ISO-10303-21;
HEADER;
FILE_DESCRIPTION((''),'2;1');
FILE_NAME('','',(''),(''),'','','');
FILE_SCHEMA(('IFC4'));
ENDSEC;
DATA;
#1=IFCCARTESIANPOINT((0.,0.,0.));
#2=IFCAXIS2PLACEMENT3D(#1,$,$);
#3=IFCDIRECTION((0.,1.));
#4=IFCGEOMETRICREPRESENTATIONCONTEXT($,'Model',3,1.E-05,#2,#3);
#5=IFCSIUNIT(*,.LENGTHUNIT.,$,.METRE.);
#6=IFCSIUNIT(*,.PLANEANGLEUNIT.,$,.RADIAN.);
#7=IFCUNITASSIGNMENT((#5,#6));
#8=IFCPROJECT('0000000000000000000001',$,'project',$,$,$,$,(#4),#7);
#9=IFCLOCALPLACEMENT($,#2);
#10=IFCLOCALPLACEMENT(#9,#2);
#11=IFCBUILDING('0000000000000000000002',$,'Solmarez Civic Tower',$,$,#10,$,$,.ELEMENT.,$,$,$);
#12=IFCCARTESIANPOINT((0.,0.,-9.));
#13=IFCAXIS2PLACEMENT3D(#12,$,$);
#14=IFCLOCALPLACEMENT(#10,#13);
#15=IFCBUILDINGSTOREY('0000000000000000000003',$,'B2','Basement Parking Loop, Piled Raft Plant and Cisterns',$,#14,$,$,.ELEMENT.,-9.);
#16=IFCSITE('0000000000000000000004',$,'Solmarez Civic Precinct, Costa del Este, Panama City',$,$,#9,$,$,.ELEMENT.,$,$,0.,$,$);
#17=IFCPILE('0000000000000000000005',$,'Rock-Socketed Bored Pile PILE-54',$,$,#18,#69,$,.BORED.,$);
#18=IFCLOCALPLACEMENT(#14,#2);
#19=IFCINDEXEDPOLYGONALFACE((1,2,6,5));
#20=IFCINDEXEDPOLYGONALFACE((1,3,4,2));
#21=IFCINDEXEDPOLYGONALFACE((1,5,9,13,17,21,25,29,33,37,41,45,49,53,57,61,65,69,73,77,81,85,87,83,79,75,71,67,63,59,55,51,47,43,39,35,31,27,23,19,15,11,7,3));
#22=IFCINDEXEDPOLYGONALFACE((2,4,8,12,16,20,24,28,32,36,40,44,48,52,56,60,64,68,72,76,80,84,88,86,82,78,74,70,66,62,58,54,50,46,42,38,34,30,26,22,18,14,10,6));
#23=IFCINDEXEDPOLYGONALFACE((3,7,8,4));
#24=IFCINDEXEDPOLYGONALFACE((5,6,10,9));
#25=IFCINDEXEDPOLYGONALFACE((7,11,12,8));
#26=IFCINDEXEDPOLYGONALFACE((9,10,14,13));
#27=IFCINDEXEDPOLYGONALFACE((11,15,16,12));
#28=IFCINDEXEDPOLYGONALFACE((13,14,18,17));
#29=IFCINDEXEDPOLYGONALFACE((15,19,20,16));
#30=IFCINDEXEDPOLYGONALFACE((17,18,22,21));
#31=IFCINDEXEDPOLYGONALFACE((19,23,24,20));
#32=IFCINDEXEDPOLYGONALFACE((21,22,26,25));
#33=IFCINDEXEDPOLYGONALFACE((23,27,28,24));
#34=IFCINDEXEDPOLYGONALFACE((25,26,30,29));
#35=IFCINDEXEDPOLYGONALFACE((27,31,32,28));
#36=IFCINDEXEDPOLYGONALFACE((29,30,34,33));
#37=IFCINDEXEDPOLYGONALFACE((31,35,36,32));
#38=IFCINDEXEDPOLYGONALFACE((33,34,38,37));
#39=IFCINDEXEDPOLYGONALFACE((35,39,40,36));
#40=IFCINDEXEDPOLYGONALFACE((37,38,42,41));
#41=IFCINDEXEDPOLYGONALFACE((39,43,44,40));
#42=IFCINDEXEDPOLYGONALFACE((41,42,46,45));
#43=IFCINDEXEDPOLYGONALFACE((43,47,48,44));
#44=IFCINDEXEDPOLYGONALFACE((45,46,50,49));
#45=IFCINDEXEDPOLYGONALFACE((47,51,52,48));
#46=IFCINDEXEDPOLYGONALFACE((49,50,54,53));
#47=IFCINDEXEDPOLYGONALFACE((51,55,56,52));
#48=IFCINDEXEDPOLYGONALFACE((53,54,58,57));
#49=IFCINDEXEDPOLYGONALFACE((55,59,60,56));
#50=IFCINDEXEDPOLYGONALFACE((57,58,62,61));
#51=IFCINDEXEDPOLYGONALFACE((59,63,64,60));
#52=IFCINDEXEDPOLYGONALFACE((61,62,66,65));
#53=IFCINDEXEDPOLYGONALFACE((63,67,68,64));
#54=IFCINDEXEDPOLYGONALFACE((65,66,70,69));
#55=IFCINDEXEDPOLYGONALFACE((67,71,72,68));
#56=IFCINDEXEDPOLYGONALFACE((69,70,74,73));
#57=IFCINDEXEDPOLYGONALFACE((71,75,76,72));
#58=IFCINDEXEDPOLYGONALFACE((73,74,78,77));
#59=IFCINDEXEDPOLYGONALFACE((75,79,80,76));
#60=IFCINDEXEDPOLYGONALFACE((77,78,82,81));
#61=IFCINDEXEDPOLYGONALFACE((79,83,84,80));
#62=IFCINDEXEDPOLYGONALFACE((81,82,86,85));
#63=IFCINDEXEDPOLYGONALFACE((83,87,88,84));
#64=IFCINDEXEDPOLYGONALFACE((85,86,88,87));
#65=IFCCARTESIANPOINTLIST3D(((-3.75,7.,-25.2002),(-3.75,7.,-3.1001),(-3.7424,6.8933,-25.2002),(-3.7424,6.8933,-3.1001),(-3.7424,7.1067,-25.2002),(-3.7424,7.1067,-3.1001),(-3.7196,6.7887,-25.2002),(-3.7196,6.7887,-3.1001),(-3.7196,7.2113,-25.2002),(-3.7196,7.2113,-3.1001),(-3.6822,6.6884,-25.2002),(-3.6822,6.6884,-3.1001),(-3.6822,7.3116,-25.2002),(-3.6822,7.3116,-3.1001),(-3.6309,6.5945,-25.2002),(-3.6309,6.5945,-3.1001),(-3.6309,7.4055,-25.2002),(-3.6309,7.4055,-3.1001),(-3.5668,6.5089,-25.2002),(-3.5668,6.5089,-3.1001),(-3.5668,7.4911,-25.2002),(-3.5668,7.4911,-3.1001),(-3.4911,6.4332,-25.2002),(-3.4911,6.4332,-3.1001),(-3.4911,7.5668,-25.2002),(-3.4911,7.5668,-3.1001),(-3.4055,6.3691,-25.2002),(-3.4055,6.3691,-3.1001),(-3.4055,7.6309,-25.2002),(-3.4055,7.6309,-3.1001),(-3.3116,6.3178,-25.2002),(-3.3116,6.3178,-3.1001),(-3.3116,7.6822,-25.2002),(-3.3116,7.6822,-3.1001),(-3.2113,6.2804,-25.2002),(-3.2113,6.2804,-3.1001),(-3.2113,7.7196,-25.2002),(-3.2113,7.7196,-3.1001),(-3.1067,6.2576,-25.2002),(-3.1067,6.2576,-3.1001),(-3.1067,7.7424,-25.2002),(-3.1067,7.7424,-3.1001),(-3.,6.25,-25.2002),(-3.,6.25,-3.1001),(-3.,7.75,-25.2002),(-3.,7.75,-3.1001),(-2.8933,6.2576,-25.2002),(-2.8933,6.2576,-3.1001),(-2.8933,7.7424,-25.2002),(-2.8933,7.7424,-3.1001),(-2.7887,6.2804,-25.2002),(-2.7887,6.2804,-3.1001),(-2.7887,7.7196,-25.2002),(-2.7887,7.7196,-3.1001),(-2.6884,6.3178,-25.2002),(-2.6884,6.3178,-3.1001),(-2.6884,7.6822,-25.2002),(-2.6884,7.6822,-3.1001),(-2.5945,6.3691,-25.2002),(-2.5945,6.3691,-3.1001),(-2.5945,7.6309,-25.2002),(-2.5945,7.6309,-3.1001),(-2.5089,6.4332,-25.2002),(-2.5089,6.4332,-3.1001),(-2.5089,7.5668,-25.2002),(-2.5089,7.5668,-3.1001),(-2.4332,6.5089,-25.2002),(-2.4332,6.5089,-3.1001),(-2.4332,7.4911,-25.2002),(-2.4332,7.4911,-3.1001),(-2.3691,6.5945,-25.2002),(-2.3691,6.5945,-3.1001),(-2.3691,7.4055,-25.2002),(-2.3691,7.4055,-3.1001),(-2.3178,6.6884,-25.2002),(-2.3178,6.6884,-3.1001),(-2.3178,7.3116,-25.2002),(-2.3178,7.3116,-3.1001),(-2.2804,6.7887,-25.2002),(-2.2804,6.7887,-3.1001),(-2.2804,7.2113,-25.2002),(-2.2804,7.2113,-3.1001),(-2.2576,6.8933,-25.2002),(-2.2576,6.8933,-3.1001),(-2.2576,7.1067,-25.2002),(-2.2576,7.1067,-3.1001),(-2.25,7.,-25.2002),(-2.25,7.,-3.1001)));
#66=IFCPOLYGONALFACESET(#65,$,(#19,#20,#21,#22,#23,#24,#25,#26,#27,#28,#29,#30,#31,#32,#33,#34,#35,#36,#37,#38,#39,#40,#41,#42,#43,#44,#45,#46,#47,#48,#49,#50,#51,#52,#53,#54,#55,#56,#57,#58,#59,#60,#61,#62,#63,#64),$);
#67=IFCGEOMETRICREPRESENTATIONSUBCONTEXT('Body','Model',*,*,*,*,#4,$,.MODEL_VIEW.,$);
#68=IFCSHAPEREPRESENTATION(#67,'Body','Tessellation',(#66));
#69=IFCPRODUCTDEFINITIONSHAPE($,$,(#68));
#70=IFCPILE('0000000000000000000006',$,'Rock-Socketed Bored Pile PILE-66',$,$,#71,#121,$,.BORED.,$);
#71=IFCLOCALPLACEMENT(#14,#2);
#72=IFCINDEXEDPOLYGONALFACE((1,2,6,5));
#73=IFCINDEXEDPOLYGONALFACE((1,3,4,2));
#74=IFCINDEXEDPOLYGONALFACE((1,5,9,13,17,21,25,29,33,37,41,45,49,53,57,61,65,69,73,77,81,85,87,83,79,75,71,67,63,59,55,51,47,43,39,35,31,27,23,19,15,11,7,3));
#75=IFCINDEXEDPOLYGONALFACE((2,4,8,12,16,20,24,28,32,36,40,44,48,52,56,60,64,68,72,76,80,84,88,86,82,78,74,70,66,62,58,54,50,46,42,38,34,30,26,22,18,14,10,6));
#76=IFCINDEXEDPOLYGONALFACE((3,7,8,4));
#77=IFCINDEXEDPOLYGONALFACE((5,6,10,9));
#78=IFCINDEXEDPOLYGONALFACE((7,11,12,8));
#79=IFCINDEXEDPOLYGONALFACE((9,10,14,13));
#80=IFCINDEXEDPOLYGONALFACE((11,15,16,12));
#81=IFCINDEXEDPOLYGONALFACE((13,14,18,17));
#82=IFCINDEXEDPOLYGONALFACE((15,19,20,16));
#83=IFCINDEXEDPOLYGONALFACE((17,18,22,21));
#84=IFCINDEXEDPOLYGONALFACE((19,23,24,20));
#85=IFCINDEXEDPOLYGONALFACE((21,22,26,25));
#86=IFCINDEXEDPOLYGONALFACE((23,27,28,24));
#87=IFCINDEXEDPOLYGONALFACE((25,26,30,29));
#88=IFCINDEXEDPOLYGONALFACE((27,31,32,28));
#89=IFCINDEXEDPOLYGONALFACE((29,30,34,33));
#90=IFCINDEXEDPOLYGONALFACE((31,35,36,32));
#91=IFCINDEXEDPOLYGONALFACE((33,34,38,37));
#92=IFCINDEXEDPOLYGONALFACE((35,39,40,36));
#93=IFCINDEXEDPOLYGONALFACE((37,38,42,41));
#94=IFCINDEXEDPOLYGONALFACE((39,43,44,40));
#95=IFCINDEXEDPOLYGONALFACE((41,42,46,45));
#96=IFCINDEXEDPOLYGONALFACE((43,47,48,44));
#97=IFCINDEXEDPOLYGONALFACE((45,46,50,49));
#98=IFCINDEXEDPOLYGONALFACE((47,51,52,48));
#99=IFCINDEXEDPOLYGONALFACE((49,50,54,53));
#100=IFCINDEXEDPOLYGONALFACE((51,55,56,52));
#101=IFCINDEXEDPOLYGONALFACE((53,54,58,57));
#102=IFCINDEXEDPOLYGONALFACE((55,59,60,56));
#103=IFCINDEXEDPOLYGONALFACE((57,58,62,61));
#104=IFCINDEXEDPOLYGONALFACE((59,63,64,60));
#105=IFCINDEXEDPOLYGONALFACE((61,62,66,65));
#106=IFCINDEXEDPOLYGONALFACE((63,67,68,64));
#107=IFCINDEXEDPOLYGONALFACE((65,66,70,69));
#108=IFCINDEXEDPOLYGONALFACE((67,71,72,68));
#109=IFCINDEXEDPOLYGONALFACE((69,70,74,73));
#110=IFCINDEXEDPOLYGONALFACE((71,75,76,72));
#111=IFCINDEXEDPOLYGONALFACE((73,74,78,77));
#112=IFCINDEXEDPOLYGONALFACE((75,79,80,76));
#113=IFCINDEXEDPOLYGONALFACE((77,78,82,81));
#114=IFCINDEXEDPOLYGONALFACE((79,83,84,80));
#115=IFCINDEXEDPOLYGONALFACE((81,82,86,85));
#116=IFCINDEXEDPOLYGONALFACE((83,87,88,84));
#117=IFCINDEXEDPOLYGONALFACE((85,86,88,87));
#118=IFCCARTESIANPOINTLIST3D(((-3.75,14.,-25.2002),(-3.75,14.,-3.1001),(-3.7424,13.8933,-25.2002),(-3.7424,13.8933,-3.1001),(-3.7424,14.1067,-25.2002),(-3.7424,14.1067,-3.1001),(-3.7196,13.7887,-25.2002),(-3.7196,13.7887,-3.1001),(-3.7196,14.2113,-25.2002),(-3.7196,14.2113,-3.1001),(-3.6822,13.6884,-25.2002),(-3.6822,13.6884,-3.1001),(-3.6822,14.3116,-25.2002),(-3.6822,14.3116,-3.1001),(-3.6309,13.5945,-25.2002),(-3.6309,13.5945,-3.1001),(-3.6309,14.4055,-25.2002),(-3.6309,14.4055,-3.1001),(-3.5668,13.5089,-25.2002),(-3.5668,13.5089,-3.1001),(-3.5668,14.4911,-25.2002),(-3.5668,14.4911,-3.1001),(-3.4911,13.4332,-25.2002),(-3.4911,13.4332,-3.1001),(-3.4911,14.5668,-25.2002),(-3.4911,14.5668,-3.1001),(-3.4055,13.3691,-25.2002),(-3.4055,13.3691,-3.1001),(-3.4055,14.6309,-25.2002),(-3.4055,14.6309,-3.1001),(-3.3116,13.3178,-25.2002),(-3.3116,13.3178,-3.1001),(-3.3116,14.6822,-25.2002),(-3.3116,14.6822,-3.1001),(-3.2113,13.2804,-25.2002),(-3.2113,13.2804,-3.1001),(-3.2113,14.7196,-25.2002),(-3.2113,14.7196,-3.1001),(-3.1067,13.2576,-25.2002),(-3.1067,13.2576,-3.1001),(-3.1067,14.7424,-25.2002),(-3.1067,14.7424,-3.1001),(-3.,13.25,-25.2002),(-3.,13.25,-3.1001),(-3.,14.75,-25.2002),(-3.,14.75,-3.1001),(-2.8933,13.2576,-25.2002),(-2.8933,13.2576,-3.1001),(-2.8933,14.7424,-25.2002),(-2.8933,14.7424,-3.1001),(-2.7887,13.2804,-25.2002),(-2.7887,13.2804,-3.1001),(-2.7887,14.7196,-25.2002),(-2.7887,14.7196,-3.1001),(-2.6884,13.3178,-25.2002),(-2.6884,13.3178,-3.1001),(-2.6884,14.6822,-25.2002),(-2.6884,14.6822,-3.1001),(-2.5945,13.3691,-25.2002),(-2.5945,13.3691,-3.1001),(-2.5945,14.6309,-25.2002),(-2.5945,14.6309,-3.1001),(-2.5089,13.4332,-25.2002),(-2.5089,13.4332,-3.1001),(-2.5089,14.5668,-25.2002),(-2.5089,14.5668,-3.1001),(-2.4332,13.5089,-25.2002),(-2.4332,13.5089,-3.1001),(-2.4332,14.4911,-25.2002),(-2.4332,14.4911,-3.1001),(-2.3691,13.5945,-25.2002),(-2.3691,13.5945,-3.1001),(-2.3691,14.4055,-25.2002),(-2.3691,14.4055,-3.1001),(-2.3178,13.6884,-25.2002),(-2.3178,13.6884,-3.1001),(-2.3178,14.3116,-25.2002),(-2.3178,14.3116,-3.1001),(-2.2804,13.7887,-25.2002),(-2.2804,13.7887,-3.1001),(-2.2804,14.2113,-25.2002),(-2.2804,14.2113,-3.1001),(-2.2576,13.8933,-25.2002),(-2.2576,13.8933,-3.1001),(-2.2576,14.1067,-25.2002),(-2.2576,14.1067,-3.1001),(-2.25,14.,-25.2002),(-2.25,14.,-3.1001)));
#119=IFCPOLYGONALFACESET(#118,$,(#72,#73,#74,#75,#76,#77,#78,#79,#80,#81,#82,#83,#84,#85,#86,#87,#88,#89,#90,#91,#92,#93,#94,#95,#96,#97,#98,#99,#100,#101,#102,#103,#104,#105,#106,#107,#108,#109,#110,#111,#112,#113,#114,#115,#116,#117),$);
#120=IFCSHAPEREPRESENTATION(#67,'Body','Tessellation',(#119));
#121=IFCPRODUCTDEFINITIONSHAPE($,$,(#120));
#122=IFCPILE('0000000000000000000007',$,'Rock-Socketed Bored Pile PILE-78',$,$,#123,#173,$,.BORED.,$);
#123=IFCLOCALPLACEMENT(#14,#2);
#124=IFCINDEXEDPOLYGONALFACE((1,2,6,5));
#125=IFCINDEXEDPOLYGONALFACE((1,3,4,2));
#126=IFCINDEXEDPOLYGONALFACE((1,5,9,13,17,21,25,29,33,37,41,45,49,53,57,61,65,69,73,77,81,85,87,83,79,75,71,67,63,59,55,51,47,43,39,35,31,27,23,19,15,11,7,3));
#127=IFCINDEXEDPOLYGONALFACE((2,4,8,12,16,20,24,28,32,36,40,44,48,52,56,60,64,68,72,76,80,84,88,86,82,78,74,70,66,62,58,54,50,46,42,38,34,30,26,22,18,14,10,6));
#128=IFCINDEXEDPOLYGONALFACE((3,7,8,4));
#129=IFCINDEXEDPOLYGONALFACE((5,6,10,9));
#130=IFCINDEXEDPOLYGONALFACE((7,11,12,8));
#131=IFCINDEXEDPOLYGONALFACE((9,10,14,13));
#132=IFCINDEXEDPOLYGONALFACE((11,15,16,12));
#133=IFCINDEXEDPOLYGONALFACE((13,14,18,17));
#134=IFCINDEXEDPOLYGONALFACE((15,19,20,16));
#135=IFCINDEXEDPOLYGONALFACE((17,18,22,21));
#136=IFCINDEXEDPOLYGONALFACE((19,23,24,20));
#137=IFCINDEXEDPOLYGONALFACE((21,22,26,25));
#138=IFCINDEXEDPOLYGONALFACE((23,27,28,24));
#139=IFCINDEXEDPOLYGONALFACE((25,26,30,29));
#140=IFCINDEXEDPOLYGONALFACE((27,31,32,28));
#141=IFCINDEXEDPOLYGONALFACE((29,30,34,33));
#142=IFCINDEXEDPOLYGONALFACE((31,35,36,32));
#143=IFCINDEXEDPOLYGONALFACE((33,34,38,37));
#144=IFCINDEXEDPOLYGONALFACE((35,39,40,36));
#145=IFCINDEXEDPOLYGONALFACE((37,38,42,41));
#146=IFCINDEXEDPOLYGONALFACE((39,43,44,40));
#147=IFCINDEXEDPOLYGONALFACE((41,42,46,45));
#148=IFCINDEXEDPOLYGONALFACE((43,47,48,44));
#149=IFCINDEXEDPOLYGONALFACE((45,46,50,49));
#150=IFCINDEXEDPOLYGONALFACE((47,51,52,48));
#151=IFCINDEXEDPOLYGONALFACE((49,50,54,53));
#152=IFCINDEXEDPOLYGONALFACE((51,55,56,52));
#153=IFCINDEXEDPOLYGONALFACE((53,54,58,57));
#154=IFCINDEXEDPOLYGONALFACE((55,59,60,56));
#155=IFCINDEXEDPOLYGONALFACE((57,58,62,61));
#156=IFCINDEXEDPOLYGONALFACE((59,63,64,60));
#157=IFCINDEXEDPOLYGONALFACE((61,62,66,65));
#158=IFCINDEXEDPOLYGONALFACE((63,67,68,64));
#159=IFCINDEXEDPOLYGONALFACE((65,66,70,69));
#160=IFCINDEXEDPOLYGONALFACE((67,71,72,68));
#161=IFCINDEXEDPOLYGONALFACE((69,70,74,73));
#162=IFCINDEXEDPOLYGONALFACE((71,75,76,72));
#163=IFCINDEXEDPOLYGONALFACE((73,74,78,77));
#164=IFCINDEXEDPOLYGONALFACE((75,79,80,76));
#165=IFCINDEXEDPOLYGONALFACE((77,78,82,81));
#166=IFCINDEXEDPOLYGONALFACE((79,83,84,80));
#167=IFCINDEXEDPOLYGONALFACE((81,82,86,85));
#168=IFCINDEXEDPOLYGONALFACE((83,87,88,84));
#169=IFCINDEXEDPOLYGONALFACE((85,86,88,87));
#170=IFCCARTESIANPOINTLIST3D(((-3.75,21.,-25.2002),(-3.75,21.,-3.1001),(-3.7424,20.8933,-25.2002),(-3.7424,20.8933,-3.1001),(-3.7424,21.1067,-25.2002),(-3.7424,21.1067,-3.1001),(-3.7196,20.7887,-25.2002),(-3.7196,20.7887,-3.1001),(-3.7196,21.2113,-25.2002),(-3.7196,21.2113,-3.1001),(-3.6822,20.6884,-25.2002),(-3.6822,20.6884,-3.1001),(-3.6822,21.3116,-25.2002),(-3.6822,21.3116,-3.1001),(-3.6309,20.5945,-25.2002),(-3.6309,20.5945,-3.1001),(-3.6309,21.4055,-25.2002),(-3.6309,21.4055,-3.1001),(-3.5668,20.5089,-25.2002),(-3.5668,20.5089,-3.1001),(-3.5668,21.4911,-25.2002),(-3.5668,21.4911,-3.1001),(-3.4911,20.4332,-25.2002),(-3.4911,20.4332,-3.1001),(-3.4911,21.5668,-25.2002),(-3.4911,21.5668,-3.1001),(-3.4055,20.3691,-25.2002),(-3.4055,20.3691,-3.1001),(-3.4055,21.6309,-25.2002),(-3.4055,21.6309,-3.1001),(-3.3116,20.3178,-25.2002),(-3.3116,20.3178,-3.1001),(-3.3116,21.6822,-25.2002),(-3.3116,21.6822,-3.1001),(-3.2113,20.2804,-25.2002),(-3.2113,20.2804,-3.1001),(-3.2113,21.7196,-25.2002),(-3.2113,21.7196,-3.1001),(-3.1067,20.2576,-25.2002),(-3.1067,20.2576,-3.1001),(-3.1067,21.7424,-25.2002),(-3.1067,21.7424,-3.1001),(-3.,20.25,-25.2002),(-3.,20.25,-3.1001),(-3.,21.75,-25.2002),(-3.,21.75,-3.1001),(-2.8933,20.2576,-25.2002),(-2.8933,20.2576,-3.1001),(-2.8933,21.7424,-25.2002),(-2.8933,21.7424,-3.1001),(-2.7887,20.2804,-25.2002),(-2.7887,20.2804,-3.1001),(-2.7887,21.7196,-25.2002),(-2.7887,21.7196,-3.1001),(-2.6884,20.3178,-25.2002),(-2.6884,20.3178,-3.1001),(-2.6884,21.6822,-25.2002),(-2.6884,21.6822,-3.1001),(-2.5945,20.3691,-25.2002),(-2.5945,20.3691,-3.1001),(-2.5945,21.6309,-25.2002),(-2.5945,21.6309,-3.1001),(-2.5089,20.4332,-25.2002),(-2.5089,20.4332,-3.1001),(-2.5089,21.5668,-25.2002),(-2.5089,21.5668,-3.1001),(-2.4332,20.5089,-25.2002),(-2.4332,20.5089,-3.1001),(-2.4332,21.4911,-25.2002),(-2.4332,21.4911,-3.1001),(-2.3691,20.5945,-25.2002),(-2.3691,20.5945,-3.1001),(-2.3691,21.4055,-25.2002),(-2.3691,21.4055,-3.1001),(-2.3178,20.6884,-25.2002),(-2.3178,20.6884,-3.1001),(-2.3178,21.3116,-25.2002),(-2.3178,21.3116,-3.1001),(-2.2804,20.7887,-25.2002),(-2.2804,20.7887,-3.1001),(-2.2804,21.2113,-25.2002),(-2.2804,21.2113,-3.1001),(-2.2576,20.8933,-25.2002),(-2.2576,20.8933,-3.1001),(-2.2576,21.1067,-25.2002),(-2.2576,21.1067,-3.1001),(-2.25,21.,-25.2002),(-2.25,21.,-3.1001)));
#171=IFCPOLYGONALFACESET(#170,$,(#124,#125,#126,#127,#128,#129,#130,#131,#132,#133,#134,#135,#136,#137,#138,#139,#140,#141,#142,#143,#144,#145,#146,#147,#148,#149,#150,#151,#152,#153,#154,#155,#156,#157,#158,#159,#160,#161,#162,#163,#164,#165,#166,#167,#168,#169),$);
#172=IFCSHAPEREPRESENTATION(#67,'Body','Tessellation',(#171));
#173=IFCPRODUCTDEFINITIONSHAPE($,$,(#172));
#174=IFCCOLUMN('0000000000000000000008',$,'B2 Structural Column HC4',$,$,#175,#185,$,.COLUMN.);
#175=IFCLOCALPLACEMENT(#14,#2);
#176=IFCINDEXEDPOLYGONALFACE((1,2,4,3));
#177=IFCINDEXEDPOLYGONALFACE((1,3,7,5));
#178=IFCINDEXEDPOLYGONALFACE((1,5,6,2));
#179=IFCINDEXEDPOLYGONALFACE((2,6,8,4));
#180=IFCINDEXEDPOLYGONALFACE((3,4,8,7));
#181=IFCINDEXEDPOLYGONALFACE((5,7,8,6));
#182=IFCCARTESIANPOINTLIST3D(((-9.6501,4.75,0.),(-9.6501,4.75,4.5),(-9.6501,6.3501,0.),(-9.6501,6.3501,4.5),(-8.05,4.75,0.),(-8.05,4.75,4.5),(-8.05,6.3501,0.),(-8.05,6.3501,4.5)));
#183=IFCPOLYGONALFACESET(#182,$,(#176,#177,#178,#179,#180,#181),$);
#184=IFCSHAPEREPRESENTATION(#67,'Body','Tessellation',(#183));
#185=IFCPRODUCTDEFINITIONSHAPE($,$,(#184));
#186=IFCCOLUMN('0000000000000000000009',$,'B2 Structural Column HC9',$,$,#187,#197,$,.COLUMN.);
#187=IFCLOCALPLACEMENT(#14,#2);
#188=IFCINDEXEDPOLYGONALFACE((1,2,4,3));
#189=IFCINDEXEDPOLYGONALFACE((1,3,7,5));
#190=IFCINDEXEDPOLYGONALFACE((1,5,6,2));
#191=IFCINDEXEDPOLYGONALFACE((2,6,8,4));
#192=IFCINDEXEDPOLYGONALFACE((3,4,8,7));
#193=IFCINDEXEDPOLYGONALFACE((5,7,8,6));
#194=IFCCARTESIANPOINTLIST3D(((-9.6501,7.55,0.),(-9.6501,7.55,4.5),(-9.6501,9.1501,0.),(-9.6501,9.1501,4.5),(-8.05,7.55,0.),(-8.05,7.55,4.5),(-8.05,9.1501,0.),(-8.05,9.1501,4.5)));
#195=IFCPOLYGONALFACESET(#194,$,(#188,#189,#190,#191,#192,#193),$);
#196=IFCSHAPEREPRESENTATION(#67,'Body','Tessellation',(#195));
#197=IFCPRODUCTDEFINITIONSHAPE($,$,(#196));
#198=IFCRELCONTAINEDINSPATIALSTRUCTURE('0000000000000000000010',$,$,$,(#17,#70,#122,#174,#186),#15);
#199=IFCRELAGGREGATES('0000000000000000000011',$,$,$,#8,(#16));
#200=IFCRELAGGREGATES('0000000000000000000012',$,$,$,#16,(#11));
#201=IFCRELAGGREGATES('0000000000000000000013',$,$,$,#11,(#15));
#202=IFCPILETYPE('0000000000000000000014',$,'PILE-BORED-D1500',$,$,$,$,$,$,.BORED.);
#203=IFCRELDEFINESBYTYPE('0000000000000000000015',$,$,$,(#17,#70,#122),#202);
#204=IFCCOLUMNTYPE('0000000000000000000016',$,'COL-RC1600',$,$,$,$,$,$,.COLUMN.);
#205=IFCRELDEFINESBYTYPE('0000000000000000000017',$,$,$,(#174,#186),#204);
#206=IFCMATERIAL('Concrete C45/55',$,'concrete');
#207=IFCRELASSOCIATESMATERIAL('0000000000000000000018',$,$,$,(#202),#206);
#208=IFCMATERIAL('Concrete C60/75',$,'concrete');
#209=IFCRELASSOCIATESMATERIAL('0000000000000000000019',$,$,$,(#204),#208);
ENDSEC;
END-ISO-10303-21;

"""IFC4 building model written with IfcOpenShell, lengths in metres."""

from ifc_helpers import new_model, si_unit, direction, frame, origin, origin_2d, place, context, subcontext, project, spatial, rectangle, circle, extrude, material, material_profile, profile_set, type_object, element, save


model = new_model("IFC4")

# Units and contexts
model_context = context("Model", 3, precision=1e-05, world=origin(), true_north=direction((0.0, 1.0)))
body_context = subcontext(model_context, "Body", "Model", "MODEL_VIEW")
ifc_project = project(units=[si_unit("LENGTHUNIT", "METRE"), si_unit("PLANEANGLEUNIT", "RADIAN")], contexts=[model_context])

# Site, building, storey
site_placement = place(None, origin())
site = spatial("IfcSite", under=ifc_project, at=site_placement, Name="Solmarez Civic Precinct, Costa del Este, Panama City", CompositionType="ELEMENT", RefElevation=0.0)
building_placement = place(site_placement, origin())
building = spatial("IfcBuilding", under=site, at=building_placement, Name="Solmarez Civic Tower", CompositionType="ELEMENT")
storey_placement = place(building_placement, frame((0.0, 0.0, -9.0)))
storey = spatial("IfcBuildingStorey", under=building, at=storey_placement, Name="B2", Description="Basement Parking Loop, Piled Raft Plant and Cisterns", CompositionType="ELEMENT", Elevation=-9.0)

# Piles
ifc_material_1 = material(Name="Concrete C45/55", Category="concrete")
ifc_material_profile_1 = material_profile(ifc_material_1, circle(Radius=0.75, at=origin_2d()), Name="PILE-D1500")
ifc_profile_set_1 = profile_set([ifc_material_profile_1], Name="Concrete C45/55")
pile_type = type_object("IfcPileType", Name="PILE-BORED-D1500", PredefinedType="BORED", material=ifc_profile_set_1)
for number, where, z_axis, x_axis, name in (
    (1, (-3.0, 7.0, -3.1001), (0.0, 0.0, -1.0), (1.0, 0.0, 0.0), "Rock-Socketed Bored Pile PILE-54"),
    (2, (-3.0, 14.0, -3.1001), (0.0, 0.0, -1.0), (1.0, 0.0, 0.0), "Rock-Socketed Bored Pile PILE-66"),
    (3, (-3.0, 21.0, -3.1001), (0.0, 0.0, -1.0), (1.0, 0.0, 0.0), "Rock-Socketed Bored Pile PILE-78"),
):
    element("IfcPile", number, at=place(storey_placement, frame(where, z_axis=z_axis, x_axis=x_axis)), inside=storey, type_object=pile_type, Name=name, PredefinedType="BORED", context=body_context, shape_type="SweptSolid", body=[
        extrude(circle(Radius=0.75, at=origin_2d()), origin(), (0.0, 0.0, 1.0), 22.1001),
    ])

# Columns
ifc_material_2 = material(Name="Concrete C60/75", Category="concrete")
ifc_material_profile_2 = material_profile(ifc_material_2, rectangle(XDim=1.6001, YDim=1.6001, at=origin_2d()), Name="RC1600X1600")
ifc_profile_set_2 = profile_set([ifc_material_profile_2], Name="Concrete C60/75")
column_type = type_object("IfcColumnType", Name="COL-RC1600", PredefinedType="COLUMN", material=ifc_profile_set_2)
for number, where, z_axis, x_axis, name in (
    (4, (-8.8501, 5.55, 0.0), (0.0, 0.0, 1.0), (1.0, 0.0, 0.0), "B2 Structural Column HC4"),
    (5, (-8.8501, 8.3501, 0.0), (0.0, 0.0, 1.0), (1.0, 0.0, 0.0), "B2 Structural Column HC9"),
):
    element("IfcColumn", number, at=place(storey_placement, frame(where, z_axis=z_axis, x_axis=x_axis)), inside=storey, type_object=column_type, Name=name, PredefinedType="COLUMN", context=body_context, shape_type="SweptSolid", body=[
        extrude(rectangle(XDim=1.6001, YDim=1.6001, at=origin_2d()), origin(), (0.0, 0.0, 1.0), 4.5),
    ])

save(model, "model.ifc")
